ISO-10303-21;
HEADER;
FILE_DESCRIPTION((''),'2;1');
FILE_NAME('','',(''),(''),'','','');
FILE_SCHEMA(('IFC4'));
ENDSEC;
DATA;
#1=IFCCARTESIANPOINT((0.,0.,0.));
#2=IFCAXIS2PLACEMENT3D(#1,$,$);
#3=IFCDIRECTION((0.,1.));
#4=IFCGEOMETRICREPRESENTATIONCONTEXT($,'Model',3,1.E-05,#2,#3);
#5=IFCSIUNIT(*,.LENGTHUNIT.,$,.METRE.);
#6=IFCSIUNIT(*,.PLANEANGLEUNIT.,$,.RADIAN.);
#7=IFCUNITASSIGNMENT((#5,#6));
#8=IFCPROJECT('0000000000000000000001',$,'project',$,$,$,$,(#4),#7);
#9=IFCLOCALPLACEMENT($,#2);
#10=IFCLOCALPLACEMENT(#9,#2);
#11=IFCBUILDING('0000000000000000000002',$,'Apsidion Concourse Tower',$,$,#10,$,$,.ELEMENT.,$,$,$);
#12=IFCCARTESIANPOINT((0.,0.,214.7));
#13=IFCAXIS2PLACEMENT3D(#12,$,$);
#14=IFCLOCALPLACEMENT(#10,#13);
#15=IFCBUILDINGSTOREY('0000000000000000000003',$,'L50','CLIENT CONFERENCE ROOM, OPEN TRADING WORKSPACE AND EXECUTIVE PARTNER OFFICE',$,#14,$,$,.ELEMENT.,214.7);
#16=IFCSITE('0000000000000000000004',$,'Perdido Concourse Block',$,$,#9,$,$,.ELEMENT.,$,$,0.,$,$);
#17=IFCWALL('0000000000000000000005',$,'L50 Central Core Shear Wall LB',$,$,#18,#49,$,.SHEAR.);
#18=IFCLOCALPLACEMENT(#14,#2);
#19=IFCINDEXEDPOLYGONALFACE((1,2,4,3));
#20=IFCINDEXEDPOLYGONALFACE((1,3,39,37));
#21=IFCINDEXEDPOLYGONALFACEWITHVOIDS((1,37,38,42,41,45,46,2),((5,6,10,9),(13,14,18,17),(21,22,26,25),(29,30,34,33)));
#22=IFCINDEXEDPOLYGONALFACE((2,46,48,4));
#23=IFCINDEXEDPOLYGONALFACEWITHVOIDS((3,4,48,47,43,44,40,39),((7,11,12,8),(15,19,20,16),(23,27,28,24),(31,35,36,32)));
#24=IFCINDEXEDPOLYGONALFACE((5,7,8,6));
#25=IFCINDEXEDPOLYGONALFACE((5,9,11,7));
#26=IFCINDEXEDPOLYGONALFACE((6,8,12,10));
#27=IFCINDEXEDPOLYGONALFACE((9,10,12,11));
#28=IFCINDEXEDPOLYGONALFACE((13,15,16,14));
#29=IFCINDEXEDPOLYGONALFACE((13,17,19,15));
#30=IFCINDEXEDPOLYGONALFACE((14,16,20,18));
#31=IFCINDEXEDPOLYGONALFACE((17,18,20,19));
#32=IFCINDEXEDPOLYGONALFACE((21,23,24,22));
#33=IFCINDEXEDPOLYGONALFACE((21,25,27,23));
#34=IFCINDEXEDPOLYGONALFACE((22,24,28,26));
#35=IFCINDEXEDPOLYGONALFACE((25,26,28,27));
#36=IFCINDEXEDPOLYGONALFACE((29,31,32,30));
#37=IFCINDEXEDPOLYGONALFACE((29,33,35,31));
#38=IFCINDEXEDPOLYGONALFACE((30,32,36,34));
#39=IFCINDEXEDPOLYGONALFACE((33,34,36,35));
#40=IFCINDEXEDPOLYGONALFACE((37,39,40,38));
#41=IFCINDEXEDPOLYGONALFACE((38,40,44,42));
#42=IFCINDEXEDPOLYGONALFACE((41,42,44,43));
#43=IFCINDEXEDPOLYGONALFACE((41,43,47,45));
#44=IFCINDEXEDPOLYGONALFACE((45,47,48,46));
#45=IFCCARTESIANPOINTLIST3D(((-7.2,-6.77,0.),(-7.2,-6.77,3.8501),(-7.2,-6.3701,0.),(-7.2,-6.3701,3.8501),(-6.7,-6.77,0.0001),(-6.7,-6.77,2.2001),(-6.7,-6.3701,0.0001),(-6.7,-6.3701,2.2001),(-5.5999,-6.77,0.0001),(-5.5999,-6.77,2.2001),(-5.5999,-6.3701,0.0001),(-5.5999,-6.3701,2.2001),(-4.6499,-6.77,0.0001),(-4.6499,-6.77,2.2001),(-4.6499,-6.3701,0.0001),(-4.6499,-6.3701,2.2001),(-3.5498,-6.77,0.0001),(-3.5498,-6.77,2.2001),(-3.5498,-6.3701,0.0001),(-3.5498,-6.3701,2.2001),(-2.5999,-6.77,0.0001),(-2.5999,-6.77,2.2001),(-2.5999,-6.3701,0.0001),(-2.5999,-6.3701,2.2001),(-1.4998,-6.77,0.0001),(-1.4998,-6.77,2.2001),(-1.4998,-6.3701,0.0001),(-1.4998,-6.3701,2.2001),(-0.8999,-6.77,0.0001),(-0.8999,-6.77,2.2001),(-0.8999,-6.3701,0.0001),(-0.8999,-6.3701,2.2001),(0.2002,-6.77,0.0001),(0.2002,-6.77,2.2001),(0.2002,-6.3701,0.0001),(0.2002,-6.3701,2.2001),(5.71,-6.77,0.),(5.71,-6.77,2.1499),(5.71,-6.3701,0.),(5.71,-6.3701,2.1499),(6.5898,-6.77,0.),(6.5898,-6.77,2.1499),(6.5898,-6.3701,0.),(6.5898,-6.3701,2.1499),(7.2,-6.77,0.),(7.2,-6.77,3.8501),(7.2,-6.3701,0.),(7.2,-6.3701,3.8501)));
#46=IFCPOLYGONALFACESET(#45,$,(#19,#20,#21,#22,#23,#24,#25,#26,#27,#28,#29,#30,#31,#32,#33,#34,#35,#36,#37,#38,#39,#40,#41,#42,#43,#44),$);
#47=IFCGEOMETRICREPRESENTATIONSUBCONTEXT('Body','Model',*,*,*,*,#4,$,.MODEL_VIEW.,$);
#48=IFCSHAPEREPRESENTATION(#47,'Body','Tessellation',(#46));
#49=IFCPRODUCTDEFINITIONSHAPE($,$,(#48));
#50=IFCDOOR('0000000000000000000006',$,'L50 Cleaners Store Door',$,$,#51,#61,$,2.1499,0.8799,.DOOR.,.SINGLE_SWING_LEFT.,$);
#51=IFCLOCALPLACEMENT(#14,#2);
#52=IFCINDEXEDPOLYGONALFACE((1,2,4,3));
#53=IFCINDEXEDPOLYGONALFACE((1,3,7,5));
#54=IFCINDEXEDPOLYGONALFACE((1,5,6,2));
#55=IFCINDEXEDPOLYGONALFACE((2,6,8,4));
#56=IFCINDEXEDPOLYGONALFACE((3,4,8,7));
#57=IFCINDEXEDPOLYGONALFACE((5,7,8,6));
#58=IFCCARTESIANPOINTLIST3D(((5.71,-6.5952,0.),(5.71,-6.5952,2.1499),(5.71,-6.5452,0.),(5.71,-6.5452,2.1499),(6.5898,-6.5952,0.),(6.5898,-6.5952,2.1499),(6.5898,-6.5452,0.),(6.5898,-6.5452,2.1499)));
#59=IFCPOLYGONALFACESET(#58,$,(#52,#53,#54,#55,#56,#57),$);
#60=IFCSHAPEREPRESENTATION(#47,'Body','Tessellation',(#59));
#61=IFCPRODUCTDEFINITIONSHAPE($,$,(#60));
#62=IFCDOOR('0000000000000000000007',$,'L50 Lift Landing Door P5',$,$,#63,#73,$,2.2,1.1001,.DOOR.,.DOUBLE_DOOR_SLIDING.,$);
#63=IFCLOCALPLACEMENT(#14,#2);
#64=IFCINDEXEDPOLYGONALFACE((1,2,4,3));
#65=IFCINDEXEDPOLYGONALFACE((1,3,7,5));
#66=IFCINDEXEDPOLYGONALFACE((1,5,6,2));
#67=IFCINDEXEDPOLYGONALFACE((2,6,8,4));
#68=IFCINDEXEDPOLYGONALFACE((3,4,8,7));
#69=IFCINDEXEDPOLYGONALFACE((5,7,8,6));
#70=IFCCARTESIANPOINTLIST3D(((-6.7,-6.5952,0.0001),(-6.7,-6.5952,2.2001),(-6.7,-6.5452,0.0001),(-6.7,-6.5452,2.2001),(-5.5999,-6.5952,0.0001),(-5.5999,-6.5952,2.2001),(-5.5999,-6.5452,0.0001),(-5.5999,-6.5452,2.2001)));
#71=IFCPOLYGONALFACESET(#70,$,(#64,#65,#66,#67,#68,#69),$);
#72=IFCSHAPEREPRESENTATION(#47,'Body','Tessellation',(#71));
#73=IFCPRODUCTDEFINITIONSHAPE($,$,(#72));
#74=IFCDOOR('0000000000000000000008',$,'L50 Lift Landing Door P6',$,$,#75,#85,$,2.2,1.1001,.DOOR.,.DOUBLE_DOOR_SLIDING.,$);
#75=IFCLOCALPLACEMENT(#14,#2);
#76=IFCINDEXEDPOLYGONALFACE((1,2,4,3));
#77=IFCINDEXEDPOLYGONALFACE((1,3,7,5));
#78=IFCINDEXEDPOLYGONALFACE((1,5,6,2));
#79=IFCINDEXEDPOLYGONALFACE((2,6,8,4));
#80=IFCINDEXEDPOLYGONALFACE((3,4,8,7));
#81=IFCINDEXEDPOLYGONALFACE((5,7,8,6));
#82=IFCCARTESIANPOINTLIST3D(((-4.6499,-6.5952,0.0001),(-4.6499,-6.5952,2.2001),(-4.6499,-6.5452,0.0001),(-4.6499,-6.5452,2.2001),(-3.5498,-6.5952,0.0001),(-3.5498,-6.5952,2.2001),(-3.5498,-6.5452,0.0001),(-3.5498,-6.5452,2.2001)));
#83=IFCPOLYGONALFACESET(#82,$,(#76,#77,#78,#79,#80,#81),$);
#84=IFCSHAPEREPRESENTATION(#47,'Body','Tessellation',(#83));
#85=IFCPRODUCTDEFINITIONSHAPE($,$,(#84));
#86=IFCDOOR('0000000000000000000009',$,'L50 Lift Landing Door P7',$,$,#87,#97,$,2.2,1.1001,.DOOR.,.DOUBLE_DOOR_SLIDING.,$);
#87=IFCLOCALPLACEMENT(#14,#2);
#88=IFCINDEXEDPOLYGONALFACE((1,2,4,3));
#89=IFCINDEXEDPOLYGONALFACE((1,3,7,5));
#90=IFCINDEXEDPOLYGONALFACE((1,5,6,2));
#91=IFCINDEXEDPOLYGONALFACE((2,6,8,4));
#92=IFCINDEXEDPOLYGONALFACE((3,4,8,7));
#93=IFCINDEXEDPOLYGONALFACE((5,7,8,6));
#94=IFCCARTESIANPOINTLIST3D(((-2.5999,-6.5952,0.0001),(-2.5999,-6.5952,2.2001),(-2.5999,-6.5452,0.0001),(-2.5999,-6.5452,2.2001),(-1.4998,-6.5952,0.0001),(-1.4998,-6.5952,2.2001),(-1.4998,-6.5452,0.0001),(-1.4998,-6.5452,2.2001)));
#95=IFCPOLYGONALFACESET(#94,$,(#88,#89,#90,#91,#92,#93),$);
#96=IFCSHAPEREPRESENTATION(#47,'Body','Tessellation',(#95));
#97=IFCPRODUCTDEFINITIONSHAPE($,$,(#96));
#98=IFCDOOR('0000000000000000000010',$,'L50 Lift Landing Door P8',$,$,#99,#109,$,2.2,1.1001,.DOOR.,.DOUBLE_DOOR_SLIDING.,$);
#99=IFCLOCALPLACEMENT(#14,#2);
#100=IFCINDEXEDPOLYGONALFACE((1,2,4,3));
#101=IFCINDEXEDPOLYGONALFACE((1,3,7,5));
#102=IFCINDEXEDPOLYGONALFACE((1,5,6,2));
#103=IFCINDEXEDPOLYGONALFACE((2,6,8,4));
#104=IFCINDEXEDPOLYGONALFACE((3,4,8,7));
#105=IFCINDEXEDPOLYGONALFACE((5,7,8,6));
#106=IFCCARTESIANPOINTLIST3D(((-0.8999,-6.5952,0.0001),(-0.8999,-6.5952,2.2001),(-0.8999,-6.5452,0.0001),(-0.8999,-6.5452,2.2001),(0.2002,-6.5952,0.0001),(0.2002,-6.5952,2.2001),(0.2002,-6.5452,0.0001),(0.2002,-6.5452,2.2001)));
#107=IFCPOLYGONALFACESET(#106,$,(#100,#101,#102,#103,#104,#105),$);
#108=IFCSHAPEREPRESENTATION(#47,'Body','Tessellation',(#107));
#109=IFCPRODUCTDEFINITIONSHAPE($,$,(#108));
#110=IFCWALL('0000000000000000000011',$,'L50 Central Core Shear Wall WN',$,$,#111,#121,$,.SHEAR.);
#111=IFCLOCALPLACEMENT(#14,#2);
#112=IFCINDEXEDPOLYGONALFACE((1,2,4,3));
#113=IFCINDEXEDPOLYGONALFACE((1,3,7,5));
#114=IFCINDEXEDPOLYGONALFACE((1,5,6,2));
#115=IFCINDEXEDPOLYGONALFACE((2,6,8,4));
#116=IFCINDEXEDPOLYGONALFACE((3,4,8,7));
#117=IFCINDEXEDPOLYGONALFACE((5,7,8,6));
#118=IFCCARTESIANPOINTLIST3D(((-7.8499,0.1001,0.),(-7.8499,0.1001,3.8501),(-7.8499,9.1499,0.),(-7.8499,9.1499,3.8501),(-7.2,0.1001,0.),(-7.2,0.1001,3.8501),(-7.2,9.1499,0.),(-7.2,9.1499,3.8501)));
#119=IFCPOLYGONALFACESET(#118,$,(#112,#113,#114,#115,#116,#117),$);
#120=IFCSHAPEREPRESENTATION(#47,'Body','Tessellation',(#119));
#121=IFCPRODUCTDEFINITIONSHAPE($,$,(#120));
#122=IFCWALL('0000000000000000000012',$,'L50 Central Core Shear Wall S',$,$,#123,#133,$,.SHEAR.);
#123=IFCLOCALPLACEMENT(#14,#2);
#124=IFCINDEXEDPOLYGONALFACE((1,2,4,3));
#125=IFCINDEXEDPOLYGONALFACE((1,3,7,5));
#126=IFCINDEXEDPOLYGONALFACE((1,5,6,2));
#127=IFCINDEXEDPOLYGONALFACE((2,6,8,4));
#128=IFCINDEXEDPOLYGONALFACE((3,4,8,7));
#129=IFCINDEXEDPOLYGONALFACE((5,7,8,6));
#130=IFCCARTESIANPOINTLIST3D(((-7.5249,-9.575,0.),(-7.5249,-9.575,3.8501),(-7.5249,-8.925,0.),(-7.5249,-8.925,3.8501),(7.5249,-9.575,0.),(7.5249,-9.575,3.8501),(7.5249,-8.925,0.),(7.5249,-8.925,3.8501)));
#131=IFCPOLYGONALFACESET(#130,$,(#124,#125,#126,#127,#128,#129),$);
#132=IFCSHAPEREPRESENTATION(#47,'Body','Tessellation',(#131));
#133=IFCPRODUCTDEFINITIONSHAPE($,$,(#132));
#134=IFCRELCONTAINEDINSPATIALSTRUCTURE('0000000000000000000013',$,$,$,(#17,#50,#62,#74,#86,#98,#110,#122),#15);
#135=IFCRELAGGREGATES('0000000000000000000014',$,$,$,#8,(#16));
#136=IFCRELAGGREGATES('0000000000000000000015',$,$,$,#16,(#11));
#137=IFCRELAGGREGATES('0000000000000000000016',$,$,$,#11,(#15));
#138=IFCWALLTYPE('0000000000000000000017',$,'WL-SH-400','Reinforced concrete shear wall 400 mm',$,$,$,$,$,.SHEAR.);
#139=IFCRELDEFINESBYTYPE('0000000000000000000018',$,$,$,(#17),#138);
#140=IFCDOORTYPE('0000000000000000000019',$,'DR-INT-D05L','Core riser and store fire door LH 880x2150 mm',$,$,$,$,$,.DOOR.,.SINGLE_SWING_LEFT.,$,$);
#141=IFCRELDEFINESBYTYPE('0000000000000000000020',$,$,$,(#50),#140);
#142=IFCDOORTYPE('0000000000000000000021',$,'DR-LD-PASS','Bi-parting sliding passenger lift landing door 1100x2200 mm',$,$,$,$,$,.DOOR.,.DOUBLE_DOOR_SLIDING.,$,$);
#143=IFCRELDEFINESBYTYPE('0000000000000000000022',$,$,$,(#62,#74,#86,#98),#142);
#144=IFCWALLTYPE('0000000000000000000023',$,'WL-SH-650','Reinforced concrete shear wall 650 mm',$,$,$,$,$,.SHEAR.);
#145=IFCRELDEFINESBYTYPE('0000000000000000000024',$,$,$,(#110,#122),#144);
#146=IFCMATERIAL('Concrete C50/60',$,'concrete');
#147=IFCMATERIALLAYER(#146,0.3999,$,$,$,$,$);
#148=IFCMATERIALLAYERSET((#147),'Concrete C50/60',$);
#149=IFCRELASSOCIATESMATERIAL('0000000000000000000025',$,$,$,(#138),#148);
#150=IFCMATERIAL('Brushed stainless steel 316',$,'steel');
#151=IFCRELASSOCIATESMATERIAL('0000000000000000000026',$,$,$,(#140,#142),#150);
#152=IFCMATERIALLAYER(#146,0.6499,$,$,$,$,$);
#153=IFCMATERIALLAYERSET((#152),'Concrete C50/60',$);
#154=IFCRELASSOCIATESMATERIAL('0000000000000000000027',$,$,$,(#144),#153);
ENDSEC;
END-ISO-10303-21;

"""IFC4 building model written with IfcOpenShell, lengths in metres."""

from ifc_helpers import new_model, si_unit, direction, frame, frame_2d, origin, place, context, subcontext, project, spatial, rectangle, extrude, material, layer, layer_set, type_object, element, fill, save


model = new_model("IFC4")

# Units and contexts
model_context = context("Model", 3, precision=1e-05, world=origin(), true_north=direction((0.0, 1.0)))
body_context = subcontext(model_context, "Body", "Model", "MODEL_VIEW")
ifc_project = project(units=[si_unit("LENGTHUNIT", "METRE"), si_unit("PLANEANGLEUNIT", "RADIAN")], contexts=[model_context])

# Site, building, storey
site_placement = place(None, origin())
site = spatial("IfcSite", under=ifc_project, at=site_placement, Name="Perdido Concourse Block", CompositionType="ELEMENT", RefElevation=0.0)
building_placement = place(site_placement, origin())
building = spatial("IfcBuilding", under=site, at=building_placement, Name="Apsidion Concourse Tower", CompositionType="ELEMENT")
storey_placement = place(building_placement, frame((0.0, 0.0, 214.7)))
storey = spatial("IfcBuildingStorey", under=building, at=storey_placement, Name="L50", Description="CLIENT CONFERENCE ROOM, OPEN TRADING WORKSPACE AND EXECUTIVE PARTNER OFFICE", CompositionType="ELEMENT", Elevation=214.7)

# Shared definitions
ifc_material_1 = material(Name="Concrete C50/60", Category="concrete")

# Shared definitions
ifc_material_2 = material(Name="Brushed stainless steel 316", Category="steel")

# Shared definitions
ifc_layer_1 = layer(ifc_material_1, 0.3999)
ifc_layer_set_1 = layer_set([ifc_layer_1], Name="Concrete C50/60")
wall_type_1 = type_object("IfcWallType", Name="WL-SH-400", Description="Reinforced concrete shear wall 400 mm", PredefinedType="SHEAR", material=ifc_layer_set_1)

# Wall, openings, doors
wall_1_placement = place(storey_placement, frame((-7.2, -6.5701, 0.0), z_axis=(0.0, 0.0, 1.0), x_axis=(1.0, 0.0, 0.0)))
wall_1 = element("IfcWall", 1, at=wall_1_placement, inside=storey, type_object=wall_type_1, Name="L50 Central Core Shear Wall LB", PredefinedType="SHEAR", context=body_context, shape_type="SweptSolid", body=[
    extrude(rectangle(XDim=14.3999, YDim=0.3999, at=frame_2d((7.2, 0.0))), origin(), (0.0, 0.0, 1.0), 3.8501),
])
opening_1_placement = place(wall_1_placement, frame((0.5, 0.0, 0.0)))
opening_1 = element("IfcOpeningElement", 2, at=opening_1_placement, cuts=wall_1, PredefinedType="OPENING", context=body_context, shape_type="SweptSolid", body=[
    extrude(rectangle(XDim=1.1001, YDim=2.2, at=frame_2d((0.55, 1.1001))), frame((0.0, 0.21, 0.0), z_axis=(0.0, -1.0, 0.0), x_axis=(1.0, 0.0, 0.0)), (0.0, 0.0, 1.0), 0.4199),
])
opening_2_placement = place(wall_1_placement, frame((2.55, 0.0, 0.0)))
opening_2 = element("IfcOpeningElement", 3, at=opening_2_placement, cuts=wall_1, PredefinedType="OPENING", context=body_context, shape_type="SweptSolid", body=[
    extrude(rectangle(XDim=1.1001, YDim=2.2, at=frame_2d((0.55, 1.1001))), frame((0.0, 0.21, 0.0), z_axis=(0.0, -1.0, 0.0), x_axis=(1.0, 0.0, 0.0)), (0.0, 0.0, 1.0), 0.4199),
])
opening_3_placement = place(wall_1_placement, frame((4.6001, 0.0, 0.0)))
opening_3 = element("IfcOpeningElement", 4, at=opening_3_placement, cuts=wall_1, PredefinedType="OPENING", context=body_context, shape_type="SweptSolid", body=[
    extrude(rectangle(XDim=1.1001, YDim=2.2, at=frame_2d((0.55, 1.1001))), frame((0.0, 0.21, 0.0), z_axis=(0.0, -1.0, 0.0), x_axis=(1.0, 0.0, 0.0)), (0.0, 0.0, 1.0), 0.4199),
])
opening_4_placement = place(wall_1_placement, frame((6.3, 0.0, 0.0)))
opening_4 = element("IfcOpeningElement", 5, at=opening_4_placement, cuts=wall_1, PredefinedType="OPENING", context=body_context, shape_type="SweptSolid", body=[
    extrude(rectangle(XDim=1.1001, YDim=2.2, at=frame_2d((0.55, 1.1001))), frame((0.0, 0.21, 0.0), z_axis=(0.0, -1.0, 0.0), x_axis=(1.0, 0.0, 0.0)), (0.0, 0.0, 1.0), 0.4199),
])
opening_5_placement = place(wall_1_placement, frame((12.9099, 0.0, 0.0)))
opening_5 = element("IfcOpeningElement", 6, at=opening_5_placement, cuts=wall_1, PredefinedType="OPENING", context=body_context, shape_type="SweptSolid", body=[
    extrude(rectangle(XDim=0.8799, YDim=2.1499, at=frame_2d((0.4399, 1.075))), frame((0.0, 0.21, 0.0), z_axis=(0.0, -1.0, 0.0), x_axis=(1.0, 0.0, 0.0)), (0.0, 0.0, 1.0), 0.4199),
])
door_type_1 = type_object("IfcDoorType", Name="DR-INT-D05L", Description="Core riser and store fire door LH 880x2150 mm", OperationType="SINGLE_SWING_LEFT", PredefinedType="DOOR", material=ifc_material_2)
door_1_placement = place(opening_5_placement, origin())
door_1 = element("IfcDoor", 7, at=door_1_placement, inside=storey, type_object=door_type_1, Name="L50 Cleaners Store Door", OperationType="SINGLE_SWING_LEFT", OverallHeight=2.1499, OverallWidth=0.8799, PredefinedType="DOOR", context=body_context, shape_type="SweptSolid", body=[
    extrude(rectangle(XDim=0.8799, YDim=2.1499, at=frame_2d((0.4399, 1.075))), frame((0.0, 0.0249, 0.0), z_axis=(0.0, -1.0, 0.0), x_axis=(1.0, 0.0, 0.0)), (0.0, 0.0, 1.0), 0.05),
])
fill(opening_5, door_1)
door_type_2 = type_object("IfcDoorType", Name="DR-LD-PASS", Description="Bi-parting sliding passenger lift landing door 1100x2200 mm", OperationType="DOUBLE_DOOR_SLIDING", PredefinedType="DOOR", material=ifc_material_2)
door_2_placement = place(opening_1_placement, origin())
door_2 = element("IfcDoor", 8, at=door_2_placement, inside=storey, type_object=door_type_2, Name="L50 Lift Landing Door P5", OperationType="DOUBLE_DOOR_SLIDING", OverallHeight=2.2, OverallWidth=1.1001, PredefinedType="DOOR", context=body_context, shape_type="SweptSolid", body=[
    extrude(rectangle(XDim=1.1001, YDim=2.2, at=frame_2d((0.55, 1.1001))), frame((0.0, 0.0249, 0.0), z_axis=(0.0, -1.0, 0.0), x_axis=(1.0, 0.0, 0.0)), (0.0, 0.0, 1.0), 0.05),
])
fill(opening_1, door_2)
door_3_placement = place(opening_2_placement, origin())
door_3 = element("IfcDoor", 9, at=door_3_placement, inside=storey, type_object=door_type_2, Name="L50 Lift Landing Door P6", OperationType="DOUBLE_DOOR_SLIDING", OverallHeight=2.2, OverallWidth=1.1001, PredefinedType="DOOR", context=body_context, shape_type="SweptSolid", body=[
    extrude(rectangle(XDim=1.1001, YDim=2.2, at=frame_2d((0.55, 1.1001))), frame((0.0, 0.0249, 0.0), z_axis=(0.0, -1.0, 0.0), x_axis=(1.0, 0.0, 0.0)), (0.0, 0.0, 1.0), 0.05),
])
fill(opening_2, door_3)
door_4_placement = place(opening_3_placement, origin())
door_4 = element("IfcDoor", 10, at=door_4_placement, inside=storey, type_object=door_type_2, Name="L50 Lift Landing Door P7", OperationType="DOUBLE_DOOR_SLIDING", OverallHeight=2.2, OverallWidth=1.1001, PredefinedType="DOOR", context=body_context, shape_type="SweptSolid", body=[
    extrude(rectangle(XDim=1.1001, YDim=2.2, at=frame_2d((0.55, 1.1001))), frame((0.0, 0.0249, 0.0), z_axis=(0.0, -1.0, 0.0), x_axis=(1.0, 0.0, 0.0)), (0.0, 0.0, 1.0), 0.05),
])
fill(opening_3, door_4)
door_5_placement = place(opening_4_placement, origin())
door_5 = element("IfcDoor", 11, at=door_5_placement, inside=storey, type_object=door_type_2, Name="L50 Lift Landing Door P8", OperationType="DOUBLE_DOOR_SLIDING", OverallHeight=2.2, OverallWidth=1.1001, PredefinedType="DOOR", context=body_context, shape_type="SweptSolid", body=[
    extrude(rectangle(XDim=1.1001, YDim=2.2, at=frame_2d((0.55, 1.1001))), frame((0.0, 0.0249, 0.0), z_axis=(0.0, -1.0, 0.0), x_axis=(1.0, 0.0, 0.0)), (0.0, 0.0, 1.0), 0.05),
])
fill(opening_4, door_5)

# Wall
ifc_layer_2 = layer(ifc_material_1, 0.6499)
ifc_layer_set_2 = layer_set([ifc_layer_2], Name="Concrete C50/60")
wall_type_2 = type_object("IfcWallType", Name="WL-SH-650", Description="Reinforced concrete shear wall 650 mm", PredefinedType="SHEAR", material=ifc_layer_set_2)
wall_2_placement = place(storey_placement, frame((-7.5249, 0.1001, 0.0), z_axis=(0.0, 0.0, 1.0), x_axis=(0.0, 1.0, 0.0)))
element("IfcWall", 12, at=wall_2_placement, inside=storey, type_object=wall_type_2, Name="L50 Central Core Shear Wall WN", PredefinedType="SHEAR", context=body_context, shape_type="SweptSolid", body=[
    extrude(rectangle(XDim=9.0498, YDim=0.6499, at=frame_2d((4.5249, 0.0))), origin(), (0.0, 0.0, 1.0), 3.8501),
])

# Wall
wall_3_placement = place(storey_placement, frame((-7.5249, -9.25, 0.0), z_axis=(0.0, 0.0, 1.0), x_axis=(1.0, 0.0, 0.0)))
element("IfcWall", 13, at=wall_3_placement, inside=storey, type_object=wall_type_2, Name="L50 Central Core Shear Wall S", PredefinedType="SHEAR", context=body_context, shape_type="SweptSolid", body=[
    extrude(rectangle(XDim=15.0498, YDim=0.6499, at=frame_2d((7.5249, 0.0))), origin(), (0.0, 0.0, 1.0), 3.8501),
])

save(model, "model.ifc")
